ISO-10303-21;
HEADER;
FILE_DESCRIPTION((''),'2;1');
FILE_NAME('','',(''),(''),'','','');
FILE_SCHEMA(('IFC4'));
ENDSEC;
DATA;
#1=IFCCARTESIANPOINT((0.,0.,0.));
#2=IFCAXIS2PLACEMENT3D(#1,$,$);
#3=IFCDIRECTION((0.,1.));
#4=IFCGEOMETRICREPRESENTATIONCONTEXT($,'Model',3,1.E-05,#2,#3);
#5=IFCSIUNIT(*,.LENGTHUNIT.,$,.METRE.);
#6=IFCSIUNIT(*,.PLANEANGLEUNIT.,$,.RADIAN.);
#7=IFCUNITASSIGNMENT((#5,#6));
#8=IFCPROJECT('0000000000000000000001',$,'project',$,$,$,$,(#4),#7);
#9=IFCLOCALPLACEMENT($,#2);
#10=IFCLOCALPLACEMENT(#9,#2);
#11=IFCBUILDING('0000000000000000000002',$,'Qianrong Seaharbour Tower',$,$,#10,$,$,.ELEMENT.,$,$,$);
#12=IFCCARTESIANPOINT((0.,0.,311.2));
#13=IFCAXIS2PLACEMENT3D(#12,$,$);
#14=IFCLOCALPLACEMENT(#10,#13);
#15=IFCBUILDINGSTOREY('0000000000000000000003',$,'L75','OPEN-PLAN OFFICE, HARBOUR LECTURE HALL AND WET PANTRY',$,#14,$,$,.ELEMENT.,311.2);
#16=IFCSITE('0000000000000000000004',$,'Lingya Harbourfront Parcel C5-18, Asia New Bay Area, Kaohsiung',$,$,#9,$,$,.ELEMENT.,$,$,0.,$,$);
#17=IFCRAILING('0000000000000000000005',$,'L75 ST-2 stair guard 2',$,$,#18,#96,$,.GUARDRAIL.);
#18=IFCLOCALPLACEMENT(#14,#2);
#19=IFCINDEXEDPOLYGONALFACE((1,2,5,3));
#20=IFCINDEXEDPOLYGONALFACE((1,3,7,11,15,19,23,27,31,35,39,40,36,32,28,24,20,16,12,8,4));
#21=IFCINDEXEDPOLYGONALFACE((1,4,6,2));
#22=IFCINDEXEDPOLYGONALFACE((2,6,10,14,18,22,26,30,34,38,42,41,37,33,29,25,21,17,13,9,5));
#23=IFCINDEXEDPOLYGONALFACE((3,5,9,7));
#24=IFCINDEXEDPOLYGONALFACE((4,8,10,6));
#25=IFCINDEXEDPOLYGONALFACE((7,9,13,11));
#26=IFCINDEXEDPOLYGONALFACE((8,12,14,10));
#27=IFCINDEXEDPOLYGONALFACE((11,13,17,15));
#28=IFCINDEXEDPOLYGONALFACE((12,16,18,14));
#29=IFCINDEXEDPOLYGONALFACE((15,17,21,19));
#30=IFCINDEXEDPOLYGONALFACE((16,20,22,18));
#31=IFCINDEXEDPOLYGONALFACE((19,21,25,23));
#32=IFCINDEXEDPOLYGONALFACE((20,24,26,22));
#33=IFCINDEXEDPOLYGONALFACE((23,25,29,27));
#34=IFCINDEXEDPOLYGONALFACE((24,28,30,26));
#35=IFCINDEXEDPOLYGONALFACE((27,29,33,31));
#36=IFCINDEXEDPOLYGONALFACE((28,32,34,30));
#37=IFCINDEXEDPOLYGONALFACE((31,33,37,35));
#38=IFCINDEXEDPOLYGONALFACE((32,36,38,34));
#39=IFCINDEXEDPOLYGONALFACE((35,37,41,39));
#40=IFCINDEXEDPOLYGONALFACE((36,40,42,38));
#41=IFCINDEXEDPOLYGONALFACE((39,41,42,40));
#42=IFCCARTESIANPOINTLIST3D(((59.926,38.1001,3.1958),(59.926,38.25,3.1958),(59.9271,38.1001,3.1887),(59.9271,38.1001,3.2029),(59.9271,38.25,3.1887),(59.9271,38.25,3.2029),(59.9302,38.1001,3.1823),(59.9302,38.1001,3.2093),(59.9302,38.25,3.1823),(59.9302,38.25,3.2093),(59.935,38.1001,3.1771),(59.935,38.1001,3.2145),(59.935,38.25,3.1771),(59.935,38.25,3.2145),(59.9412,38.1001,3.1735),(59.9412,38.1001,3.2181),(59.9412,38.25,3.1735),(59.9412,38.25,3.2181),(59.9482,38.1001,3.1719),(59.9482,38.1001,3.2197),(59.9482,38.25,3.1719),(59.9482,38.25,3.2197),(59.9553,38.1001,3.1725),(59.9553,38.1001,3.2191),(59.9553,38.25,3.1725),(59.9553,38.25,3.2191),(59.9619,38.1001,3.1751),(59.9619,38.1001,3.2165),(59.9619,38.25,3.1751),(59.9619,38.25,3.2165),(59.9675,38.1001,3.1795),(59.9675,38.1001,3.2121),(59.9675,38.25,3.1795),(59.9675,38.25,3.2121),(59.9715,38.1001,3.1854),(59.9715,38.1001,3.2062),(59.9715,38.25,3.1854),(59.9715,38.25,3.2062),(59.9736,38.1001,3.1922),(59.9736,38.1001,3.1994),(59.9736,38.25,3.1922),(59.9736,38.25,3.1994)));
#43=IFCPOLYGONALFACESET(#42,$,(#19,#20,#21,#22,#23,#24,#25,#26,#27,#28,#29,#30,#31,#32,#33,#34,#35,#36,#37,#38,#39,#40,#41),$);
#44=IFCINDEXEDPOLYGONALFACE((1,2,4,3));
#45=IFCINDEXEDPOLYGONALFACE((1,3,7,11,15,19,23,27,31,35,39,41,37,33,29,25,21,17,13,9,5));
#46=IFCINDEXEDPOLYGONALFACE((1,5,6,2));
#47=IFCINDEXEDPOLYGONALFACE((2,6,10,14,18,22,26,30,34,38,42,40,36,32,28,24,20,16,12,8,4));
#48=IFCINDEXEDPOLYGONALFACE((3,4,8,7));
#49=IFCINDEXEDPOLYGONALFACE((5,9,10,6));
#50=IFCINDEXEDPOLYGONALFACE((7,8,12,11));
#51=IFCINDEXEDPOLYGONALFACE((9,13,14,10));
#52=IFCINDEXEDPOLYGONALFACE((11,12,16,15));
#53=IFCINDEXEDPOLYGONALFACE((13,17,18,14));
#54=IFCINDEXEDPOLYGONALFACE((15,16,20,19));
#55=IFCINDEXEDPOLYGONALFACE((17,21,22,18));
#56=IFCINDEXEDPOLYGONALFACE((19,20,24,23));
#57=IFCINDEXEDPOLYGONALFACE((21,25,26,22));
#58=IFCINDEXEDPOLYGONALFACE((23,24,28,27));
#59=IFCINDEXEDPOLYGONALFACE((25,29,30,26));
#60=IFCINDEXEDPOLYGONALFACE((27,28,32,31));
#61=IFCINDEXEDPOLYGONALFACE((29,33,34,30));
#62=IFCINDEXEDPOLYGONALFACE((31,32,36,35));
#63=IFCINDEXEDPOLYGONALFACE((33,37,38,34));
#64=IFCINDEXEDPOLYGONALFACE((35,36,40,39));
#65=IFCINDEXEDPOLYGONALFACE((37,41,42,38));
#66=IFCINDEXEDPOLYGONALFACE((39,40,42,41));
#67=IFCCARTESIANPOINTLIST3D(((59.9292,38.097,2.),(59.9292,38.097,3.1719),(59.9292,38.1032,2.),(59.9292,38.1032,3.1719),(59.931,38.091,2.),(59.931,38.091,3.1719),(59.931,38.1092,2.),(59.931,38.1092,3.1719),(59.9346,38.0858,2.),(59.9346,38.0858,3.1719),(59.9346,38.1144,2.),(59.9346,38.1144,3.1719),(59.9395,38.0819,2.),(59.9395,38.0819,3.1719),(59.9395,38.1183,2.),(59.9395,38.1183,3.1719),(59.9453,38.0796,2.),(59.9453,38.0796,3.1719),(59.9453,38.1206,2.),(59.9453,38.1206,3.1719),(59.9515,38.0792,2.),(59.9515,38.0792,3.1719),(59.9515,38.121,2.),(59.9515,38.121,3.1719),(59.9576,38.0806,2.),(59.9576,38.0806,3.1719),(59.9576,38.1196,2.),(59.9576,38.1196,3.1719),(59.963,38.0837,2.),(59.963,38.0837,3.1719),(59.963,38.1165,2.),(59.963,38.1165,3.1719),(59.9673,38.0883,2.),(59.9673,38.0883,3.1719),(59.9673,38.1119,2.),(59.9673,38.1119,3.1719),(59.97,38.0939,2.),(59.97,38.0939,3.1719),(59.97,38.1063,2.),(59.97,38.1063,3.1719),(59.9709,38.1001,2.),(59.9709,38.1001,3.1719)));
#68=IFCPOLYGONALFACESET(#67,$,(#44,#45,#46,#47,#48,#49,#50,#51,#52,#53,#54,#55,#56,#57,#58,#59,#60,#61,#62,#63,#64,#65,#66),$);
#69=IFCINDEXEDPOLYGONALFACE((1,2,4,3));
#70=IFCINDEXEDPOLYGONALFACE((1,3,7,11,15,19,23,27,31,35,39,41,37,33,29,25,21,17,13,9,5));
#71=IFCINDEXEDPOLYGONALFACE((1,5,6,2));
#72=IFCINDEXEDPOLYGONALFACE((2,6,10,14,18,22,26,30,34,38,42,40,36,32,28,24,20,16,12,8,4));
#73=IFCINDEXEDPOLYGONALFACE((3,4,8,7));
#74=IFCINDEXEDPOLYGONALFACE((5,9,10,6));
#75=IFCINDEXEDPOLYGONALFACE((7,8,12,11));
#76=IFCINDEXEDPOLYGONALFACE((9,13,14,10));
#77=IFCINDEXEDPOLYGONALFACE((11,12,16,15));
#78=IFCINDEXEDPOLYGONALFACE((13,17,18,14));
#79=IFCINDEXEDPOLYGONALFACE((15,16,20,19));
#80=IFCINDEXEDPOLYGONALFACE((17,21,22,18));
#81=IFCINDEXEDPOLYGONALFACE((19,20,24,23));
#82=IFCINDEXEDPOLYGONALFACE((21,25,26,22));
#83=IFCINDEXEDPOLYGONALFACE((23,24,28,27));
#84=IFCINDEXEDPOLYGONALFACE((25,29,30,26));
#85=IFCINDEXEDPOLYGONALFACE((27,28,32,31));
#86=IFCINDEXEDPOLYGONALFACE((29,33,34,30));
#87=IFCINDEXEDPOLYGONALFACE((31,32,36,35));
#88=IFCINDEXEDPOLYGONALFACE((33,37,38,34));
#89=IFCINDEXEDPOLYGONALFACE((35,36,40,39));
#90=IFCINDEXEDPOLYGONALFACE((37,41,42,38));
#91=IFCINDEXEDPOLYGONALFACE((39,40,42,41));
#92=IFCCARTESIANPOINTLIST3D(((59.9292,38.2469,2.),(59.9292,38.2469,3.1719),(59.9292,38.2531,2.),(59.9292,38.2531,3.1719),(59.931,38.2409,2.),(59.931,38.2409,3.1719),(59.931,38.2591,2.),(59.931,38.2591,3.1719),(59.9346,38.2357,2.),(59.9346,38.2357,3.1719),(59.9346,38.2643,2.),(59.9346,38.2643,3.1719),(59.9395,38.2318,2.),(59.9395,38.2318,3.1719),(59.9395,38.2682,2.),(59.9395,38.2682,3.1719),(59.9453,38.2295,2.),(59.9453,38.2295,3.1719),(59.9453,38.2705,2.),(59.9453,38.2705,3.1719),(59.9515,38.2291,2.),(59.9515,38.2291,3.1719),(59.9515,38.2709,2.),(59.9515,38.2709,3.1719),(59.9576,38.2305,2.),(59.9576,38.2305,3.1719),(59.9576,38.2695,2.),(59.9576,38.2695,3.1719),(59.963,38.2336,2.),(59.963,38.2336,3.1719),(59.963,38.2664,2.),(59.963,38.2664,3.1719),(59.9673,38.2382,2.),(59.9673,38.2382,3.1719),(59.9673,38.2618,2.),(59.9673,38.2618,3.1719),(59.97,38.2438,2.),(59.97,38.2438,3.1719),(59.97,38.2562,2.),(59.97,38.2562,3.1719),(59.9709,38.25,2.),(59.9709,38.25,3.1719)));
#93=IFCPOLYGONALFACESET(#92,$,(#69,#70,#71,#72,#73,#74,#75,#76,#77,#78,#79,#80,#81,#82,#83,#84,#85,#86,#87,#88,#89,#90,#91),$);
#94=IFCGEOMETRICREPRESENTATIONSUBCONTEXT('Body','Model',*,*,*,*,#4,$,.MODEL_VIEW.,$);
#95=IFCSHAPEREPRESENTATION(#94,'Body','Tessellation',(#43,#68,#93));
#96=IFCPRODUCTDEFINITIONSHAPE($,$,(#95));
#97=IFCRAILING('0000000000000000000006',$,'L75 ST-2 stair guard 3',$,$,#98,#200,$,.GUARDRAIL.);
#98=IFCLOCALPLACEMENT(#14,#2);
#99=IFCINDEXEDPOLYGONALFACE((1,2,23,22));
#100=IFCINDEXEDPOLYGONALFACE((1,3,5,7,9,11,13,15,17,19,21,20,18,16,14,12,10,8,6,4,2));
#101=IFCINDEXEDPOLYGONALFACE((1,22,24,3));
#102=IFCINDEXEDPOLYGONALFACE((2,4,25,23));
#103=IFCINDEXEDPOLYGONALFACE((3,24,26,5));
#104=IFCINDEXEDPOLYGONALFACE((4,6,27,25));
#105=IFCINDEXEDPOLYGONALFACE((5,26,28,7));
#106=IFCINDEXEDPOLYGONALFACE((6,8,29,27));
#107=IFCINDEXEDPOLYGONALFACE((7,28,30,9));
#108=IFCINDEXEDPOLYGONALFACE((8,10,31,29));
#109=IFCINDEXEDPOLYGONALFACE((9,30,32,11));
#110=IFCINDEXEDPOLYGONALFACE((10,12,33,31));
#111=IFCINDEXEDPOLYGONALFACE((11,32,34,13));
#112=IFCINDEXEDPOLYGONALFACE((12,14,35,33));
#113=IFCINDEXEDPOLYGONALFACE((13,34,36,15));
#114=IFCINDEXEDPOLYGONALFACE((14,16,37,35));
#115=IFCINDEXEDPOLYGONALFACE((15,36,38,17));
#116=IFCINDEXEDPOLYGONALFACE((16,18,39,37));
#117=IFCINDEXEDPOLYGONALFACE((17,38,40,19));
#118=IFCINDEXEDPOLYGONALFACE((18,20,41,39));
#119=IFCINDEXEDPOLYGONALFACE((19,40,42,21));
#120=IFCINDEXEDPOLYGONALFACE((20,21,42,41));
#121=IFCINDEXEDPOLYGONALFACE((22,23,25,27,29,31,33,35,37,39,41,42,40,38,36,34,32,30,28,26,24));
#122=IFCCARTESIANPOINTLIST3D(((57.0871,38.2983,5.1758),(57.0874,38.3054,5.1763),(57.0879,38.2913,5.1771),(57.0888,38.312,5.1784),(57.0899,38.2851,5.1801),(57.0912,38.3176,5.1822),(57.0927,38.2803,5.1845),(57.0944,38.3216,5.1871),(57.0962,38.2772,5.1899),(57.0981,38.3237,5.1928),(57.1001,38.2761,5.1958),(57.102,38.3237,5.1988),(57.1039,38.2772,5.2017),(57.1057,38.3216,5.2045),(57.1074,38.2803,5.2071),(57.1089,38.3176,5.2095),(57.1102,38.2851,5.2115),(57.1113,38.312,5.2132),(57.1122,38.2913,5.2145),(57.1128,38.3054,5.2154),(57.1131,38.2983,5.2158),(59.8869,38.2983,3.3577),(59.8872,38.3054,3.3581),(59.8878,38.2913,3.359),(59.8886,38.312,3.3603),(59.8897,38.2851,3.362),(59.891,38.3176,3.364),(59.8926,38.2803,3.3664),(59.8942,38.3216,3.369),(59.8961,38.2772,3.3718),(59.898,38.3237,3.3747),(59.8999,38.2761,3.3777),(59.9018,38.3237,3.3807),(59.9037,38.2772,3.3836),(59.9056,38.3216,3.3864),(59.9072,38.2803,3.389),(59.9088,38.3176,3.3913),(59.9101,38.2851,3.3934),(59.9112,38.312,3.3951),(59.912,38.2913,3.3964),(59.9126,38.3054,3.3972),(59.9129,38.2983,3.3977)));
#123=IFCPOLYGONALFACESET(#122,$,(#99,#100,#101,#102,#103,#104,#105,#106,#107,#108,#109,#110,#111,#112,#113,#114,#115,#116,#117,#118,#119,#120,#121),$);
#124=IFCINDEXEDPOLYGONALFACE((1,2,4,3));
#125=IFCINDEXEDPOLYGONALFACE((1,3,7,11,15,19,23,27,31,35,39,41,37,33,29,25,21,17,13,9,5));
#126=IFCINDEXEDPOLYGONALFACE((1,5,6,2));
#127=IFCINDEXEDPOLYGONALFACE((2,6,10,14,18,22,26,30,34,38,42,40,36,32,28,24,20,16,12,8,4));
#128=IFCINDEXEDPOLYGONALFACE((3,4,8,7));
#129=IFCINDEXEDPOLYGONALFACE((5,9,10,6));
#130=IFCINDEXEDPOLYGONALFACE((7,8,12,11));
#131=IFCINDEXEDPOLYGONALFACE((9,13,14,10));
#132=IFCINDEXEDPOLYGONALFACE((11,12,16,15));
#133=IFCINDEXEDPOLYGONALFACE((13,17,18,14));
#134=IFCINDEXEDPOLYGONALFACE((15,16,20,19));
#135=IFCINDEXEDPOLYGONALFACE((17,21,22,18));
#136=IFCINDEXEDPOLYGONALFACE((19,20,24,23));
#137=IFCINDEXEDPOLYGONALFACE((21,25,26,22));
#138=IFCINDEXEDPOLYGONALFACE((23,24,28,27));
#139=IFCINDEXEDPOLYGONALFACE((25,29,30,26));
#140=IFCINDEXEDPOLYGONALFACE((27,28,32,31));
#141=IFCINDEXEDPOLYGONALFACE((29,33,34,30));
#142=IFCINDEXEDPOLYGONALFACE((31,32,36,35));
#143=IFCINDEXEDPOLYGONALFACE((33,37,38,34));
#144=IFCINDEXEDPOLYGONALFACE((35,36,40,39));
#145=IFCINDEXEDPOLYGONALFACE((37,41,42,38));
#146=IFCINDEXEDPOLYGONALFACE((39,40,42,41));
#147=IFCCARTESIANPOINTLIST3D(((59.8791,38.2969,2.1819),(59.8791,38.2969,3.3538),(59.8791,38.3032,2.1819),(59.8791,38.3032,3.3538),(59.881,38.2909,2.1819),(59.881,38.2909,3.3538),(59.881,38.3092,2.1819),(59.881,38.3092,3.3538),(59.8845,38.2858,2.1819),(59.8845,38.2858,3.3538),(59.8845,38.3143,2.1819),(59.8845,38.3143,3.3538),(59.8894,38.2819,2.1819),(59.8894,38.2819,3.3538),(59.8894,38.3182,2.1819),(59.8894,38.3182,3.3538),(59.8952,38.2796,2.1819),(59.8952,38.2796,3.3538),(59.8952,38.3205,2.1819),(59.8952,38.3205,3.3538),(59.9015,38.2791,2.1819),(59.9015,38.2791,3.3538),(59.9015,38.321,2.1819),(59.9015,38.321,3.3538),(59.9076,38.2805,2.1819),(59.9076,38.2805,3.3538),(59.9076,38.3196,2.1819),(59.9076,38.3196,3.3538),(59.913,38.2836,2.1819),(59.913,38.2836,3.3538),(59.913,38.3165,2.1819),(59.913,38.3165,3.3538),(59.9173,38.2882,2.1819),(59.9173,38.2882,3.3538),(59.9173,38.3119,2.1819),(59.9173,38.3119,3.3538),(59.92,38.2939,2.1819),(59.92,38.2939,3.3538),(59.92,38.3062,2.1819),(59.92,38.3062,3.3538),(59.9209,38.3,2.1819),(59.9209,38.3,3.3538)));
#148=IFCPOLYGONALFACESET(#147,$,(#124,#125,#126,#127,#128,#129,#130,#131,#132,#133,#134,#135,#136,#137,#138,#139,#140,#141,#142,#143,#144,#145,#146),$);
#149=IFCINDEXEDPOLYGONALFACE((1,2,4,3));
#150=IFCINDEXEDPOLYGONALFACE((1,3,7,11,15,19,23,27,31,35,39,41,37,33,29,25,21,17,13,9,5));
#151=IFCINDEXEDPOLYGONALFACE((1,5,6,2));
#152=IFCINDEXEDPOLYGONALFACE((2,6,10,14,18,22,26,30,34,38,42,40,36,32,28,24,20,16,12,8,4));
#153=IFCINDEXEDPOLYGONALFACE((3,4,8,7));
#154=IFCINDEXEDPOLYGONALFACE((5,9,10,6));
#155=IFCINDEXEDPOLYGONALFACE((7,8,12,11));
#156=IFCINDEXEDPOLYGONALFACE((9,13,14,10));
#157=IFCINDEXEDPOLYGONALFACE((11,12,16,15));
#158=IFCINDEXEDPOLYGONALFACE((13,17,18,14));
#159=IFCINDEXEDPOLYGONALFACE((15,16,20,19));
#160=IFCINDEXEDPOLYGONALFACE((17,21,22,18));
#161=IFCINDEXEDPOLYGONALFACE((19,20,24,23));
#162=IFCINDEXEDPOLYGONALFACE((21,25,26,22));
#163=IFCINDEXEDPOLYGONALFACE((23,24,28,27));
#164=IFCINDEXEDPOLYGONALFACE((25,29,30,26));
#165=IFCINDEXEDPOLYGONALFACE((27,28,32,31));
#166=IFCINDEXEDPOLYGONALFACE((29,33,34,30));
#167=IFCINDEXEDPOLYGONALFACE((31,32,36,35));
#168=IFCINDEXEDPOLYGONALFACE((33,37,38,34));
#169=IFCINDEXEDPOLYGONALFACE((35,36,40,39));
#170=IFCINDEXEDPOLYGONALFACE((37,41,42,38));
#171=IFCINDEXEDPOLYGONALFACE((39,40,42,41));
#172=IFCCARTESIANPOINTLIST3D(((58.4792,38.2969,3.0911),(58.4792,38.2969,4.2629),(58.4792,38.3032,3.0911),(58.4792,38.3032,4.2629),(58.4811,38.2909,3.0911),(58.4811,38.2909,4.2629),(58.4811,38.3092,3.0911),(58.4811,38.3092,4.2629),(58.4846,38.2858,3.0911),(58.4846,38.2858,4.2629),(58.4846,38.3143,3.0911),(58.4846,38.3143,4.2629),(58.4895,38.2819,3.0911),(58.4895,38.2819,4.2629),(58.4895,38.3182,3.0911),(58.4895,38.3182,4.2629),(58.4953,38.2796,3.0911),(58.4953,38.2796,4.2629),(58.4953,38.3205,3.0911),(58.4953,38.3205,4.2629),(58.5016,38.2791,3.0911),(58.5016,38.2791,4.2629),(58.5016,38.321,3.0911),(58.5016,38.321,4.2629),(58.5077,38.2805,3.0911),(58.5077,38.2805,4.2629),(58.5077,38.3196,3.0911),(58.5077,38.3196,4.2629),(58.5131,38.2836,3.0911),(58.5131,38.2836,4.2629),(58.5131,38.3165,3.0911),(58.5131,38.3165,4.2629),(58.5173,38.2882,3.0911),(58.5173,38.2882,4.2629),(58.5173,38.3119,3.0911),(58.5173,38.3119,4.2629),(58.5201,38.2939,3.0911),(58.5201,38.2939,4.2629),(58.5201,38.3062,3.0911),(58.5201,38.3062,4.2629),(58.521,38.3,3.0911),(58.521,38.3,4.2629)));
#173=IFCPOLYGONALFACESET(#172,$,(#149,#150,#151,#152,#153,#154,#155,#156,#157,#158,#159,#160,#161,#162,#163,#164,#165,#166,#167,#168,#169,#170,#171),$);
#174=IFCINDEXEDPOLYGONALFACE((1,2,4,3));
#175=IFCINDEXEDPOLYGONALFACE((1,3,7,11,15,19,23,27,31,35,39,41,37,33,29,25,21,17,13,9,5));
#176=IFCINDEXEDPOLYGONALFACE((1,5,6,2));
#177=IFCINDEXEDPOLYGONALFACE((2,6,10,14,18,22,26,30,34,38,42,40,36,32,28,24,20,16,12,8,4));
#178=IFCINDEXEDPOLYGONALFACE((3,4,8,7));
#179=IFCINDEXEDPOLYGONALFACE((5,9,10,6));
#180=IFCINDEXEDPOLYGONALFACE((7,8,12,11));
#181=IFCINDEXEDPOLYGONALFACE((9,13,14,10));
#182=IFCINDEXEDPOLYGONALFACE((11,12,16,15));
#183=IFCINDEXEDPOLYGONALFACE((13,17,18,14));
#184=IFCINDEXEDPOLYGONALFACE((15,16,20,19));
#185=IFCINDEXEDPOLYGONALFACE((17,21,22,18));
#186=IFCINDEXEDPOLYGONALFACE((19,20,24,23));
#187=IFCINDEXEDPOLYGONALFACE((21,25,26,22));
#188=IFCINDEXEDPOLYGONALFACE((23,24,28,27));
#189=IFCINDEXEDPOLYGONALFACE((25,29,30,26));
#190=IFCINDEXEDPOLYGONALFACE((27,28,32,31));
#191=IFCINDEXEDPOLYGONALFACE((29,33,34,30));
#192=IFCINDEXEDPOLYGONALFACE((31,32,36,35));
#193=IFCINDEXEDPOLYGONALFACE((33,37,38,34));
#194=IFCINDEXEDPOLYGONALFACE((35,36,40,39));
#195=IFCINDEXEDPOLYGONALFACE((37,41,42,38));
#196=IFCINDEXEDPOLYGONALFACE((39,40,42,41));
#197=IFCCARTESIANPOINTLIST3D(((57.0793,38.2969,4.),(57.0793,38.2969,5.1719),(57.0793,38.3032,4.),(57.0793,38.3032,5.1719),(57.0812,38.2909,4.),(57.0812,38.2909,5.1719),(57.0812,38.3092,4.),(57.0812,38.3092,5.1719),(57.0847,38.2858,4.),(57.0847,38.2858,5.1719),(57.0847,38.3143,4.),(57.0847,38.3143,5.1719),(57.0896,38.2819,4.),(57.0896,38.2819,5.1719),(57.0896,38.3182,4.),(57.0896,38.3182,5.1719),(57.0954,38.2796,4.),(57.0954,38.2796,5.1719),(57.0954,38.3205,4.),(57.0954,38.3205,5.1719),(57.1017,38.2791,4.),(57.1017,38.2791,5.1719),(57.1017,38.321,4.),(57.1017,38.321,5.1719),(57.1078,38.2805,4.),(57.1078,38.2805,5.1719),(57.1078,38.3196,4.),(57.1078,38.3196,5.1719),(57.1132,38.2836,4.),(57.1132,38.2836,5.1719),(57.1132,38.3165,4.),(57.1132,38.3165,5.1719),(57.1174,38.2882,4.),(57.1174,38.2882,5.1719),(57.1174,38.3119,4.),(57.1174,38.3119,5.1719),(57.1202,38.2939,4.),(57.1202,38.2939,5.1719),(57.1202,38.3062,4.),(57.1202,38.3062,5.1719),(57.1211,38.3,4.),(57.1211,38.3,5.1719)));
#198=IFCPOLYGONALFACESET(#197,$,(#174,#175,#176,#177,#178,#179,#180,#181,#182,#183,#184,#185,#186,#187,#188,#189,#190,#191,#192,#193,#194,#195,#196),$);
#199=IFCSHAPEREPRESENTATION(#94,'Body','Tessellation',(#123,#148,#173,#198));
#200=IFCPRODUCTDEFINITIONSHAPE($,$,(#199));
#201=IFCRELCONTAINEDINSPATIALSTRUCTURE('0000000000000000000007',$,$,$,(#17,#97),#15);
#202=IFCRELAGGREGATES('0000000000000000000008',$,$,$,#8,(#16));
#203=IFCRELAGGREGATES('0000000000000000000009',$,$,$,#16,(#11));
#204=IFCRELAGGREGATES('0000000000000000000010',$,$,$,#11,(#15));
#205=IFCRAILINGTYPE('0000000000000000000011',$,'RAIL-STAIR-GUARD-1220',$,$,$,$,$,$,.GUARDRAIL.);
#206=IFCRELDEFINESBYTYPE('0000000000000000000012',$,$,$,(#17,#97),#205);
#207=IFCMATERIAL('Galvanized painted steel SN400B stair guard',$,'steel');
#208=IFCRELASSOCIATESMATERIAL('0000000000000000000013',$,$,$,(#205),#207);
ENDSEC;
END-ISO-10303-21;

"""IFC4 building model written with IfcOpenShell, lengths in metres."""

from ifc_helpers import new_model, si_unit, direction, frame, origin, origin_2d, place, context, subcontext, project, spatial, circle, extrude, material, type_object, element, save


model = new_model("IFC4")

# Units and contexts
model_context = context("Model", 3, precision=1e-05, world=origin(), true_north=direction((0.0, 1.0)))
body_context = subcontext(model_context, "Body", "Model", "MODEL_VIEW")
ifc_project = project(units=[si_unit("LENGTHUNIT", "METRE"), si_unit("PLANEANGLEUNIT", "RADIAN")], contexts=[model_context])

# Site, building, storey
site_placement = place(None, origin())
site = spatial("IfcSite", under=ifc_project, at=site_placement, Name="Lingya Harbourfront Parcel C5-18, Asia New Bay Area, Kaohsiung", CompositionType="ELEMENT", RefElevation=0.0)
building_placement = place(site_placement, origin())
building = spatial("IfcBuilding", under=site, at=building_placement, Name="Qianrong Seaharbour Tower", CompositionType="ELEMENT")
storey_placement = place(building_placement, frame((0.0, 0.0, 311.2)))
storey = spatial("IfcBuildingStorey", under=building, at=storey_placement, Name="L75", Description="OPEN-PLAN OFFICE, HARBOUR LECTURE HALL AND WET PANTRY", CompositionType="ELEMENT", Elevation=311.2)

# Railings
ifc_material_1 = material(Name="Galvanized painted steel SN400B stair guard", Category="steel")
railing_type_1 = type_object("IfcRailingType", Name="RAIL-STAIR-GUARD-1220", PredefinedType="GUARDRAIL", material=ifc_material_1)
railing_1_placement = place(storey_placement, frame((59.95, 38.1001, 2.0)))
element("IfcRailing", 1, at=railing_1_placement, inside=storey, type_object=railing_type_1, Name="L75 ST-2 stair guard 2", PredefinedType="GUARDRAIL", context=body_context, shape_type="SweptSolid", body=[
    extrude(circle(Radius=0.0239, at=origin_2d()), frame((0.0, 0.0, 1.1958), z_axis=(0.0, 1.0, 0.0), x_axis=(-1.0, 0.0, 0.0)), (0.0, 0.0, 1.0), 0.1499),
    extrude(circle(Radius=0.021, at=origin_2d()), origin(), (0.0, 0.0, 1.0), 1.1719),
    extrude(circle(Radius=0.021, at=origin_2d()), frame((0.0, 0.1499, 0.0)), (0.0, 0.0, 1.0), 1.1719),
])
railing_2_placement = place(storey_placement, frame((59.8999, 38.3, 2.1819)))
element("IfcRailing", 2, at=railing_2_placement, inside=storey, type_object=railing_type_1, Name="L75 ST-2 stair guard 3", PredefinedType="GUARDRAIL", context=body_context, shape_type="SweptSolid", body=[
    extrude(circle(Radius=0.0239, at=origin_2d()), frame((0.0, 0.0, 1.1958), z_axis=(-0.838684, 0.0, 0.544618), x_axis=(0.0, -1.0, 0.0)), (0.0, 0.0, 1.0), 3.3384),
    extrude(circle(Radius=0.021, at=origin_2d()), origin(), (0.0, 0.0, 1.0), 1.1719),
    extrude(circle(Radius=0.021, at=origin_2d()), frame((-1.3999, 0.0, 0.9092)), (0.0, 0.0, 1.0), 1.1719),
    extrude(circle(Radius=0.021, at=origin_2d()), frame((-2.7998, 0.0, 1.8181)), (0.0, 0.0, 1.0), 1.1719),
])

save(model, "model.ifc")
